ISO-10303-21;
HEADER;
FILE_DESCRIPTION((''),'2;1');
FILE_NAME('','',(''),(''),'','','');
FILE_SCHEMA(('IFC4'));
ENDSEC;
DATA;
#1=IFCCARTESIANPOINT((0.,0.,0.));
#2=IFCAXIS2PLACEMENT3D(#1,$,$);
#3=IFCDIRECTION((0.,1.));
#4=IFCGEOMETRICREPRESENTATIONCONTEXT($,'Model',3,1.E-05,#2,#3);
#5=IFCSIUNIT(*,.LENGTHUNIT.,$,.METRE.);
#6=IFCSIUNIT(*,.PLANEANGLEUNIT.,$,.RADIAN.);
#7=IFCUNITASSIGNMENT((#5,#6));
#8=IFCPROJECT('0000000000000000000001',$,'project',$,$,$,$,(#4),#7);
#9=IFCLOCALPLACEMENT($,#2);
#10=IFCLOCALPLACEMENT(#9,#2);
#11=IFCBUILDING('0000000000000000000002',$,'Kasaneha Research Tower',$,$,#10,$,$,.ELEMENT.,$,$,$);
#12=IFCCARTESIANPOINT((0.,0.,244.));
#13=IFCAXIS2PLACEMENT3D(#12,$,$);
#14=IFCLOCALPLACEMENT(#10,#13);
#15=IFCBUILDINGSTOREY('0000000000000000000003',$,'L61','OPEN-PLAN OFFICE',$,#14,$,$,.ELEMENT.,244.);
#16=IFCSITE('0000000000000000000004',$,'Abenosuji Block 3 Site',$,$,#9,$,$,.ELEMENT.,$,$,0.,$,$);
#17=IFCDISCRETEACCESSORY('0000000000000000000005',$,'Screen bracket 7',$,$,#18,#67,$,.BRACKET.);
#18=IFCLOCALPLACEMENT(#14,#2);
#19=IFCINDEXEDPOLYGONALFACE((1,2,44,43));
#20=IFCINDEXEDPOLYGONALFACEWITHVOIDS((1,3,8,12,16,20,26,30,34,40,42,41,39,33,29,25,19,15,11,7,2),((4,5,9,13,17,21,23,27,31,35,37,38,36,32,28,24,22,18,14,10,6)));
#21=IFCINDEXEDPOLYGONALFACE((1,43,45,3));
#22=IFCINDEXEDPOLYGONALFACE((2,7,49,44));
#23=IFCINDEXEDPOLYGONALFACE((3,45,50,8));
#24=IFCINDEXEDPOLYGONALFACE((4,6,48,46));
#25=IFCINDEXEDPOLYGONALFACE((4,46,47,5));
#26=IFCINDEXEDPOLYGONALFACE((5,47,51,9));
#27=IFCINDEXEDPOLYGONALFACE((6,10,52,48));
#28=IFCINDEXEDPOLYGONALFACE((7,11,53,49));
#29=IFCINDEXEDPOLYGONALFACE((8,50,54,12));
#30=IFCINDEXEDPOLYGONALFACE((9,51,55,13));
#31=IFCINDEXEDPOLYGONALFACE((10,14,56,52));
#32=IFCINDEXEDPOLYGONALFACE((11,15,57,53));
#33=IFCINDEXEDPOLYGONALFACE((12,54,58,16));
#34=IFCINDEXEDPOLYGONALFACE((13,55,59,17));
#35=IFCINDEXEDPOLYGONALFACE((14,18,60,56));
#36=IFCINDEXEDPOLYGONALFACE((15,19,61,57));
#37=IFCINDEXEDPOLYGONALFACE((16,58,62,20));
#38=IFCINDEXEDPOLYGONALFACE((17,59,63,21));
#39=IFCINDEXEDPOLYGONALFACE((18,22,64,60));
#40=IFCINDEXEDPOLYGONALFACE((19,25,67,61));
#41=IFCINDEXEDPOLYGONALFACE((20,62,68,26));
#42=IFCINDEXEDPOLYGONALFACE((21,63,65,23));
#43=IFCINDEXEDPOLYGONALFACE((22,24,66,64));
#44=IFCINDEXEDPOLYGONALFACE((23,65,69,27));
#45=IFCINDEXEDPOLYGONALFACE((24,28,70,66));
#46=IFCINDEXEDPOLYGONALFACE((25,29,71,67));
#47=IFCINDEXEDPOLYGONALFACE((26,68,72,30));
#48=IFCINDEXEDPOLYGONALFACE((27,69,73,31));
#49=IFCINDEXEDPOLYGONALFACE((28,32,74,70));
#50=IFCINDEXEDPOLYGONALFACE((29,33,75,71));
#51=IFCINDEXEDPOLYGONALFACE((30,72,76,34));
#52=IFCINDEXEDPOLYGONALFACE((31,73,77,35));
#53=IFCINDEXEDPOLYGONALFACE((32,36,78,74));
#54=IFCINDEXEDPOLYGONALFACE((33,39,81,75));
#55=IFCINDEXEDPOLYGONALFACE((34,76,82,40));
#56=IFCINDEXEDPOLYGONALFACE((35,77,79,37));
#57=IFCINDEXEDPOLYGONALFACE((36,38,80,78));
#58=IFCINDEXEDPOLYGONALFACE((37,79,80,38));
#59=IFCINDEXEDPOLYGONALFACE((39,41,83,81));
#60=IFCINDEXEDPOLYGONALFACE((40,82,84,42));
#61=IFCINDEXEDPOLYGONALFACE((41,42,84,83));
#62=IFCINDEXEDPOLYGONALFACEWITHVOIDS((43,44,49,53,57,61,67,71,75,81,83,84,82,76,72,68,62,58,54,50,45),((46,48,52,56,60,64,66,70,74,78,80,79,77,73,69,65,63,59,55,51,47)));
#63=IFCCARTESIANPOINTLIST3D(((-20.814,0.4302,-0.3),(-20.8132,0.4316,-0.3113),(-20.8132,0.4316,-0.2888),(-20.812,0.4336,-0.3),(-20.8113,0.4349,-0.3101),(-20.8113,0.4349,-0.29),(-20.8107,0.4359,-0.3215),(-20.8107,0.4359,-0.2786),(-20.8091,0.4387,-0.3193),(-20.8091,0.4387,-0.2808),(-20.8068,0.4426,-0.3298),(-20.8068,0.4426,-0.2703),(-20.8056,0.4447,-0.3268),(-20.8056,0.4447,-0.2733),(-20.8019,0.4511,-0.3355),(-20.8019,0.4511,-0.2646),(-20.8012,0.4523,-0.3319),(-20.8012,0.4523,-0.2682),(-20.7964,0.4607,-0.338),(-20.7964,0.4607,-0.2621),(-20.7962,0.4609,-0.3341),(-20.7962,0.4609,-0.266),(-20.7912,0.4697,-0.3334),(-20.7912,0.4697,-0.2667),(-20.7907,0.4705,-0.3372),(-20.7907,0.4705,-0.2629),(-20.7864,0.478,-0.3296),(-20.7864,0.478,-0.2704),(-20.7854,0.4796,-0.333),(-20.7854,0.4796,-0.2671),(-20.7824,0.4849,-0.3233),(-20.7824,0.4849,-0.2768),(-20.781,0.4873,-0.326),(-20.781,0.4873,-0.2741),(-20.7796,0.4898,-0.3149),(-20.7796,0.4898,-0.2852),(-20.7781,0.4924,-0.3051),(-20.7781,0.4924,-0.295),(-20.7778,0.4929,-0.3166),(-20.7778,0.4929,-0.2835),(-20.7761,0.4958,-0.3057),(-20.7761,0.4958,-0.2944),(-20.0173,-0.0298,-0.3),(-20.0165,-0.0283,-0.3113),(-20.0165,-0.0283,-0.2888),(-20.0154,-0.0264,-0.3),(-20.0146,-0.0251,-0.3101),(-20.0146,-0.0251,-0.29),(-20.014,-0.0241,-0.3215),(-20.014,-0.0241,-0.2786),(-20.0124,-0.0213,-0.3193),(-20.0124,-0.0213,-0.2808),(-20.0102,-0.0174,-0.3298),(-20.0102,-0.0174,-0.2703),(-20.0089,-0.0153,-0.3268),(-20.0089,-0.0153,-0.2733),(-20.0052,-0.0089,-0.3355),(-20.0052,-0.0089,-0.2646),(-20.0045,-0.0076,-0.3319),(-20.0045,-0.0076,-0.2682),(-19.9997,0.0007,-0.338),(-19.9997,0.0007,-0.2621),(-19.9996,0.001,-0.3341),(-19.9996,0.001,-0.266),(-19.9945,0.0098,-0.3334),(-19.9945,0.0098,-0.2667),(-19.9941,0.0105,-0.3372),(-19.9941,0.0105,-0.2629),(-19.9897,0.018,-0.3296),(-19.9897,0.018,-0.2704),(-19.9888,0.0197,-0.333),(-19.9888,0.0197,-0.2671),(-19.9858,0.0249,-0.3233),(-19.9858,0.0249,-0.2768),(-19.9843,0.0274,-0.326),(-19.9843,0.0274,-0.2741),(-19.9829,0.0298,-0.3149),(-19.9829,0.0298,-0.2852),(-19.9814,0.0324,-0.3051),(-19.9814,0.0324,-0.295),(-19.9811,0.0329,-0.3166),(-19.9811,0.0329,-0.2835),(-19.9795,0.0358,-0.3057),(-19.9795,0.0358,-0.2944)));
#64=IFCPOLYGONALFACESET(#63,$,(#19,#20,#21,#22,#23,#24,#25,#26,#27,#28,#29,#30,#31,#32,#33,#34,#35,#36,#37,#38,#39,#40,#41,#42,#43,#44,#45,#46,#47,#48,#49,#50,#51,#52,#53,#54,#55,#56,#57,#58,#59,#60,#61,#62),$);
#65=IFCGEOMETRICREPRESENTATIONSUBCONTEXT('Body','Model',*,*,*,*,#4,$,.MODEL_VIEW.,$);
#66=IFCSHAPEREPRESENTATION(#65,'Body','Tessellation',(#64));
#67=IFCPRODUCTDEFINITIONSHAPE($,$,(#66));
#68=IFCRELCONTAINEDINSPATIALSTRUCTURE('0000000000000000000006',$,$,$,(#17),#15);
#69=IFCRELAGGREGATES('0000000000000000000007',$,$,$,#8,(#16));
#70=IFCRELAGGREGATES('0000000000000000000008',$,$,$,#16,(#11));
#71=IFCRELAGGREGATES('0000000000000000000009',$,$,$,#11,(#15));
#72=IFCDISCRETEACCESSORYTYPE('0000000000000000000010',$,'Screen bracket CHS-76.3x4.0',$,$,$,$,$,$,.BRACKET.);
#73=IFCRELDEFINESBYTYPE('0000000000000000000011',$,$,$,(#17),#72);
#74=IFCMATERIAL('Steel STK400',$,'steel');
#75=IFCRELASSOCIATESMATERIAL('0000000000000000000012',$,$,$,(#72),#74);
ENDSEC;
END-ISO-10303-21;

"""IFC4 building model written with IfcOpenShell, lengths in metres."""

from ifc_helpers import new_model, si_unit, direction, frame, origin, origin_2d, place, context, subcontext, project, spatial, hollow_circle, extrude, material, material_profile, profile_set, type_object, element, save


model = new_model("IFC4")

# Units and contexts
model_context = context("Model", 3, precision=1e-05, world=origin(), true_north=direction((0.0, 1.0)))
body_context = subcontext(model_context, "Body", "Model", "MODEL_VIEW")
ifc_project = project(units=[si_unit("LENGTHUNIT", "METRE"), si_unit("PLANEANGLEUNIT", "RADIAN")], contexts=[model_context])

# Site, building, storey
site_placement = place(None, origin())
site = spatial("IfcSite", under=ifc_project, at=site_placement, Name="Abenosuji Block 3 Site", CompositionType="ELEMENT", RefElevation=0.0)
building_placement = place(site_placement, origin())
building = spatial("IfcBuilding", under=site, at=building_placement, Name="Kasaneha Research Tower", CompositionType="ELEMENT")
storey_placement = place(building_placement, frame((0.0, 0.0, 244.0)))
storey = spatial("IfcBuildingStorey", under=building, at=storey_placement, Name="L61", Description="OPEN-PLAN OFFICE", CompositionType="ELEMENT", Elevation=244.0)

# Discrete accessory
ifc_material_1 = material(Name="Steel STK400", Category="steel")
ifc_material_profile_1 = material_profile(ifc_material_1, hollow_circle(Radius=0.0381, WallThickness=0.0039, at=origin_2d()), Name="CHS-76.3x4.0")
ifc_profile_set_1 = profile_set([ifc_material_profile_1], Name="Steel STK400")
discrete_accessory_type = type_object("IfcDiscreteAccessoryType", Name="Screen bracket CHS-76.3x4.0", PredefinedType="BRACKET", material=ifc_profile_set_1)
discrete_accessory_1_placement = place(storey_placement, frame((-19.9983, 0.0032, -0.3), z_axis=(-0.866013, 0.500021, 0.0), x_axis=(-0.500021, -0.866013, 0.0)))
element("IfcDiscreteAccessory", 1, at=discrete_accessory_1_placement, inside=storey, type_object=discrete_accessory_type, Name="Screen bracket 7", PredefinedType="BRACKET", context=body_context, shape_type="SweptSolid", body=[
    extrude(hollow_circle(Radius=0.0381, WallThickness=0.0039, at=origin_2d()), origin(), (0.0, 0.0, 1.0), 0.9199),
])

save(model, "model.ifc")
